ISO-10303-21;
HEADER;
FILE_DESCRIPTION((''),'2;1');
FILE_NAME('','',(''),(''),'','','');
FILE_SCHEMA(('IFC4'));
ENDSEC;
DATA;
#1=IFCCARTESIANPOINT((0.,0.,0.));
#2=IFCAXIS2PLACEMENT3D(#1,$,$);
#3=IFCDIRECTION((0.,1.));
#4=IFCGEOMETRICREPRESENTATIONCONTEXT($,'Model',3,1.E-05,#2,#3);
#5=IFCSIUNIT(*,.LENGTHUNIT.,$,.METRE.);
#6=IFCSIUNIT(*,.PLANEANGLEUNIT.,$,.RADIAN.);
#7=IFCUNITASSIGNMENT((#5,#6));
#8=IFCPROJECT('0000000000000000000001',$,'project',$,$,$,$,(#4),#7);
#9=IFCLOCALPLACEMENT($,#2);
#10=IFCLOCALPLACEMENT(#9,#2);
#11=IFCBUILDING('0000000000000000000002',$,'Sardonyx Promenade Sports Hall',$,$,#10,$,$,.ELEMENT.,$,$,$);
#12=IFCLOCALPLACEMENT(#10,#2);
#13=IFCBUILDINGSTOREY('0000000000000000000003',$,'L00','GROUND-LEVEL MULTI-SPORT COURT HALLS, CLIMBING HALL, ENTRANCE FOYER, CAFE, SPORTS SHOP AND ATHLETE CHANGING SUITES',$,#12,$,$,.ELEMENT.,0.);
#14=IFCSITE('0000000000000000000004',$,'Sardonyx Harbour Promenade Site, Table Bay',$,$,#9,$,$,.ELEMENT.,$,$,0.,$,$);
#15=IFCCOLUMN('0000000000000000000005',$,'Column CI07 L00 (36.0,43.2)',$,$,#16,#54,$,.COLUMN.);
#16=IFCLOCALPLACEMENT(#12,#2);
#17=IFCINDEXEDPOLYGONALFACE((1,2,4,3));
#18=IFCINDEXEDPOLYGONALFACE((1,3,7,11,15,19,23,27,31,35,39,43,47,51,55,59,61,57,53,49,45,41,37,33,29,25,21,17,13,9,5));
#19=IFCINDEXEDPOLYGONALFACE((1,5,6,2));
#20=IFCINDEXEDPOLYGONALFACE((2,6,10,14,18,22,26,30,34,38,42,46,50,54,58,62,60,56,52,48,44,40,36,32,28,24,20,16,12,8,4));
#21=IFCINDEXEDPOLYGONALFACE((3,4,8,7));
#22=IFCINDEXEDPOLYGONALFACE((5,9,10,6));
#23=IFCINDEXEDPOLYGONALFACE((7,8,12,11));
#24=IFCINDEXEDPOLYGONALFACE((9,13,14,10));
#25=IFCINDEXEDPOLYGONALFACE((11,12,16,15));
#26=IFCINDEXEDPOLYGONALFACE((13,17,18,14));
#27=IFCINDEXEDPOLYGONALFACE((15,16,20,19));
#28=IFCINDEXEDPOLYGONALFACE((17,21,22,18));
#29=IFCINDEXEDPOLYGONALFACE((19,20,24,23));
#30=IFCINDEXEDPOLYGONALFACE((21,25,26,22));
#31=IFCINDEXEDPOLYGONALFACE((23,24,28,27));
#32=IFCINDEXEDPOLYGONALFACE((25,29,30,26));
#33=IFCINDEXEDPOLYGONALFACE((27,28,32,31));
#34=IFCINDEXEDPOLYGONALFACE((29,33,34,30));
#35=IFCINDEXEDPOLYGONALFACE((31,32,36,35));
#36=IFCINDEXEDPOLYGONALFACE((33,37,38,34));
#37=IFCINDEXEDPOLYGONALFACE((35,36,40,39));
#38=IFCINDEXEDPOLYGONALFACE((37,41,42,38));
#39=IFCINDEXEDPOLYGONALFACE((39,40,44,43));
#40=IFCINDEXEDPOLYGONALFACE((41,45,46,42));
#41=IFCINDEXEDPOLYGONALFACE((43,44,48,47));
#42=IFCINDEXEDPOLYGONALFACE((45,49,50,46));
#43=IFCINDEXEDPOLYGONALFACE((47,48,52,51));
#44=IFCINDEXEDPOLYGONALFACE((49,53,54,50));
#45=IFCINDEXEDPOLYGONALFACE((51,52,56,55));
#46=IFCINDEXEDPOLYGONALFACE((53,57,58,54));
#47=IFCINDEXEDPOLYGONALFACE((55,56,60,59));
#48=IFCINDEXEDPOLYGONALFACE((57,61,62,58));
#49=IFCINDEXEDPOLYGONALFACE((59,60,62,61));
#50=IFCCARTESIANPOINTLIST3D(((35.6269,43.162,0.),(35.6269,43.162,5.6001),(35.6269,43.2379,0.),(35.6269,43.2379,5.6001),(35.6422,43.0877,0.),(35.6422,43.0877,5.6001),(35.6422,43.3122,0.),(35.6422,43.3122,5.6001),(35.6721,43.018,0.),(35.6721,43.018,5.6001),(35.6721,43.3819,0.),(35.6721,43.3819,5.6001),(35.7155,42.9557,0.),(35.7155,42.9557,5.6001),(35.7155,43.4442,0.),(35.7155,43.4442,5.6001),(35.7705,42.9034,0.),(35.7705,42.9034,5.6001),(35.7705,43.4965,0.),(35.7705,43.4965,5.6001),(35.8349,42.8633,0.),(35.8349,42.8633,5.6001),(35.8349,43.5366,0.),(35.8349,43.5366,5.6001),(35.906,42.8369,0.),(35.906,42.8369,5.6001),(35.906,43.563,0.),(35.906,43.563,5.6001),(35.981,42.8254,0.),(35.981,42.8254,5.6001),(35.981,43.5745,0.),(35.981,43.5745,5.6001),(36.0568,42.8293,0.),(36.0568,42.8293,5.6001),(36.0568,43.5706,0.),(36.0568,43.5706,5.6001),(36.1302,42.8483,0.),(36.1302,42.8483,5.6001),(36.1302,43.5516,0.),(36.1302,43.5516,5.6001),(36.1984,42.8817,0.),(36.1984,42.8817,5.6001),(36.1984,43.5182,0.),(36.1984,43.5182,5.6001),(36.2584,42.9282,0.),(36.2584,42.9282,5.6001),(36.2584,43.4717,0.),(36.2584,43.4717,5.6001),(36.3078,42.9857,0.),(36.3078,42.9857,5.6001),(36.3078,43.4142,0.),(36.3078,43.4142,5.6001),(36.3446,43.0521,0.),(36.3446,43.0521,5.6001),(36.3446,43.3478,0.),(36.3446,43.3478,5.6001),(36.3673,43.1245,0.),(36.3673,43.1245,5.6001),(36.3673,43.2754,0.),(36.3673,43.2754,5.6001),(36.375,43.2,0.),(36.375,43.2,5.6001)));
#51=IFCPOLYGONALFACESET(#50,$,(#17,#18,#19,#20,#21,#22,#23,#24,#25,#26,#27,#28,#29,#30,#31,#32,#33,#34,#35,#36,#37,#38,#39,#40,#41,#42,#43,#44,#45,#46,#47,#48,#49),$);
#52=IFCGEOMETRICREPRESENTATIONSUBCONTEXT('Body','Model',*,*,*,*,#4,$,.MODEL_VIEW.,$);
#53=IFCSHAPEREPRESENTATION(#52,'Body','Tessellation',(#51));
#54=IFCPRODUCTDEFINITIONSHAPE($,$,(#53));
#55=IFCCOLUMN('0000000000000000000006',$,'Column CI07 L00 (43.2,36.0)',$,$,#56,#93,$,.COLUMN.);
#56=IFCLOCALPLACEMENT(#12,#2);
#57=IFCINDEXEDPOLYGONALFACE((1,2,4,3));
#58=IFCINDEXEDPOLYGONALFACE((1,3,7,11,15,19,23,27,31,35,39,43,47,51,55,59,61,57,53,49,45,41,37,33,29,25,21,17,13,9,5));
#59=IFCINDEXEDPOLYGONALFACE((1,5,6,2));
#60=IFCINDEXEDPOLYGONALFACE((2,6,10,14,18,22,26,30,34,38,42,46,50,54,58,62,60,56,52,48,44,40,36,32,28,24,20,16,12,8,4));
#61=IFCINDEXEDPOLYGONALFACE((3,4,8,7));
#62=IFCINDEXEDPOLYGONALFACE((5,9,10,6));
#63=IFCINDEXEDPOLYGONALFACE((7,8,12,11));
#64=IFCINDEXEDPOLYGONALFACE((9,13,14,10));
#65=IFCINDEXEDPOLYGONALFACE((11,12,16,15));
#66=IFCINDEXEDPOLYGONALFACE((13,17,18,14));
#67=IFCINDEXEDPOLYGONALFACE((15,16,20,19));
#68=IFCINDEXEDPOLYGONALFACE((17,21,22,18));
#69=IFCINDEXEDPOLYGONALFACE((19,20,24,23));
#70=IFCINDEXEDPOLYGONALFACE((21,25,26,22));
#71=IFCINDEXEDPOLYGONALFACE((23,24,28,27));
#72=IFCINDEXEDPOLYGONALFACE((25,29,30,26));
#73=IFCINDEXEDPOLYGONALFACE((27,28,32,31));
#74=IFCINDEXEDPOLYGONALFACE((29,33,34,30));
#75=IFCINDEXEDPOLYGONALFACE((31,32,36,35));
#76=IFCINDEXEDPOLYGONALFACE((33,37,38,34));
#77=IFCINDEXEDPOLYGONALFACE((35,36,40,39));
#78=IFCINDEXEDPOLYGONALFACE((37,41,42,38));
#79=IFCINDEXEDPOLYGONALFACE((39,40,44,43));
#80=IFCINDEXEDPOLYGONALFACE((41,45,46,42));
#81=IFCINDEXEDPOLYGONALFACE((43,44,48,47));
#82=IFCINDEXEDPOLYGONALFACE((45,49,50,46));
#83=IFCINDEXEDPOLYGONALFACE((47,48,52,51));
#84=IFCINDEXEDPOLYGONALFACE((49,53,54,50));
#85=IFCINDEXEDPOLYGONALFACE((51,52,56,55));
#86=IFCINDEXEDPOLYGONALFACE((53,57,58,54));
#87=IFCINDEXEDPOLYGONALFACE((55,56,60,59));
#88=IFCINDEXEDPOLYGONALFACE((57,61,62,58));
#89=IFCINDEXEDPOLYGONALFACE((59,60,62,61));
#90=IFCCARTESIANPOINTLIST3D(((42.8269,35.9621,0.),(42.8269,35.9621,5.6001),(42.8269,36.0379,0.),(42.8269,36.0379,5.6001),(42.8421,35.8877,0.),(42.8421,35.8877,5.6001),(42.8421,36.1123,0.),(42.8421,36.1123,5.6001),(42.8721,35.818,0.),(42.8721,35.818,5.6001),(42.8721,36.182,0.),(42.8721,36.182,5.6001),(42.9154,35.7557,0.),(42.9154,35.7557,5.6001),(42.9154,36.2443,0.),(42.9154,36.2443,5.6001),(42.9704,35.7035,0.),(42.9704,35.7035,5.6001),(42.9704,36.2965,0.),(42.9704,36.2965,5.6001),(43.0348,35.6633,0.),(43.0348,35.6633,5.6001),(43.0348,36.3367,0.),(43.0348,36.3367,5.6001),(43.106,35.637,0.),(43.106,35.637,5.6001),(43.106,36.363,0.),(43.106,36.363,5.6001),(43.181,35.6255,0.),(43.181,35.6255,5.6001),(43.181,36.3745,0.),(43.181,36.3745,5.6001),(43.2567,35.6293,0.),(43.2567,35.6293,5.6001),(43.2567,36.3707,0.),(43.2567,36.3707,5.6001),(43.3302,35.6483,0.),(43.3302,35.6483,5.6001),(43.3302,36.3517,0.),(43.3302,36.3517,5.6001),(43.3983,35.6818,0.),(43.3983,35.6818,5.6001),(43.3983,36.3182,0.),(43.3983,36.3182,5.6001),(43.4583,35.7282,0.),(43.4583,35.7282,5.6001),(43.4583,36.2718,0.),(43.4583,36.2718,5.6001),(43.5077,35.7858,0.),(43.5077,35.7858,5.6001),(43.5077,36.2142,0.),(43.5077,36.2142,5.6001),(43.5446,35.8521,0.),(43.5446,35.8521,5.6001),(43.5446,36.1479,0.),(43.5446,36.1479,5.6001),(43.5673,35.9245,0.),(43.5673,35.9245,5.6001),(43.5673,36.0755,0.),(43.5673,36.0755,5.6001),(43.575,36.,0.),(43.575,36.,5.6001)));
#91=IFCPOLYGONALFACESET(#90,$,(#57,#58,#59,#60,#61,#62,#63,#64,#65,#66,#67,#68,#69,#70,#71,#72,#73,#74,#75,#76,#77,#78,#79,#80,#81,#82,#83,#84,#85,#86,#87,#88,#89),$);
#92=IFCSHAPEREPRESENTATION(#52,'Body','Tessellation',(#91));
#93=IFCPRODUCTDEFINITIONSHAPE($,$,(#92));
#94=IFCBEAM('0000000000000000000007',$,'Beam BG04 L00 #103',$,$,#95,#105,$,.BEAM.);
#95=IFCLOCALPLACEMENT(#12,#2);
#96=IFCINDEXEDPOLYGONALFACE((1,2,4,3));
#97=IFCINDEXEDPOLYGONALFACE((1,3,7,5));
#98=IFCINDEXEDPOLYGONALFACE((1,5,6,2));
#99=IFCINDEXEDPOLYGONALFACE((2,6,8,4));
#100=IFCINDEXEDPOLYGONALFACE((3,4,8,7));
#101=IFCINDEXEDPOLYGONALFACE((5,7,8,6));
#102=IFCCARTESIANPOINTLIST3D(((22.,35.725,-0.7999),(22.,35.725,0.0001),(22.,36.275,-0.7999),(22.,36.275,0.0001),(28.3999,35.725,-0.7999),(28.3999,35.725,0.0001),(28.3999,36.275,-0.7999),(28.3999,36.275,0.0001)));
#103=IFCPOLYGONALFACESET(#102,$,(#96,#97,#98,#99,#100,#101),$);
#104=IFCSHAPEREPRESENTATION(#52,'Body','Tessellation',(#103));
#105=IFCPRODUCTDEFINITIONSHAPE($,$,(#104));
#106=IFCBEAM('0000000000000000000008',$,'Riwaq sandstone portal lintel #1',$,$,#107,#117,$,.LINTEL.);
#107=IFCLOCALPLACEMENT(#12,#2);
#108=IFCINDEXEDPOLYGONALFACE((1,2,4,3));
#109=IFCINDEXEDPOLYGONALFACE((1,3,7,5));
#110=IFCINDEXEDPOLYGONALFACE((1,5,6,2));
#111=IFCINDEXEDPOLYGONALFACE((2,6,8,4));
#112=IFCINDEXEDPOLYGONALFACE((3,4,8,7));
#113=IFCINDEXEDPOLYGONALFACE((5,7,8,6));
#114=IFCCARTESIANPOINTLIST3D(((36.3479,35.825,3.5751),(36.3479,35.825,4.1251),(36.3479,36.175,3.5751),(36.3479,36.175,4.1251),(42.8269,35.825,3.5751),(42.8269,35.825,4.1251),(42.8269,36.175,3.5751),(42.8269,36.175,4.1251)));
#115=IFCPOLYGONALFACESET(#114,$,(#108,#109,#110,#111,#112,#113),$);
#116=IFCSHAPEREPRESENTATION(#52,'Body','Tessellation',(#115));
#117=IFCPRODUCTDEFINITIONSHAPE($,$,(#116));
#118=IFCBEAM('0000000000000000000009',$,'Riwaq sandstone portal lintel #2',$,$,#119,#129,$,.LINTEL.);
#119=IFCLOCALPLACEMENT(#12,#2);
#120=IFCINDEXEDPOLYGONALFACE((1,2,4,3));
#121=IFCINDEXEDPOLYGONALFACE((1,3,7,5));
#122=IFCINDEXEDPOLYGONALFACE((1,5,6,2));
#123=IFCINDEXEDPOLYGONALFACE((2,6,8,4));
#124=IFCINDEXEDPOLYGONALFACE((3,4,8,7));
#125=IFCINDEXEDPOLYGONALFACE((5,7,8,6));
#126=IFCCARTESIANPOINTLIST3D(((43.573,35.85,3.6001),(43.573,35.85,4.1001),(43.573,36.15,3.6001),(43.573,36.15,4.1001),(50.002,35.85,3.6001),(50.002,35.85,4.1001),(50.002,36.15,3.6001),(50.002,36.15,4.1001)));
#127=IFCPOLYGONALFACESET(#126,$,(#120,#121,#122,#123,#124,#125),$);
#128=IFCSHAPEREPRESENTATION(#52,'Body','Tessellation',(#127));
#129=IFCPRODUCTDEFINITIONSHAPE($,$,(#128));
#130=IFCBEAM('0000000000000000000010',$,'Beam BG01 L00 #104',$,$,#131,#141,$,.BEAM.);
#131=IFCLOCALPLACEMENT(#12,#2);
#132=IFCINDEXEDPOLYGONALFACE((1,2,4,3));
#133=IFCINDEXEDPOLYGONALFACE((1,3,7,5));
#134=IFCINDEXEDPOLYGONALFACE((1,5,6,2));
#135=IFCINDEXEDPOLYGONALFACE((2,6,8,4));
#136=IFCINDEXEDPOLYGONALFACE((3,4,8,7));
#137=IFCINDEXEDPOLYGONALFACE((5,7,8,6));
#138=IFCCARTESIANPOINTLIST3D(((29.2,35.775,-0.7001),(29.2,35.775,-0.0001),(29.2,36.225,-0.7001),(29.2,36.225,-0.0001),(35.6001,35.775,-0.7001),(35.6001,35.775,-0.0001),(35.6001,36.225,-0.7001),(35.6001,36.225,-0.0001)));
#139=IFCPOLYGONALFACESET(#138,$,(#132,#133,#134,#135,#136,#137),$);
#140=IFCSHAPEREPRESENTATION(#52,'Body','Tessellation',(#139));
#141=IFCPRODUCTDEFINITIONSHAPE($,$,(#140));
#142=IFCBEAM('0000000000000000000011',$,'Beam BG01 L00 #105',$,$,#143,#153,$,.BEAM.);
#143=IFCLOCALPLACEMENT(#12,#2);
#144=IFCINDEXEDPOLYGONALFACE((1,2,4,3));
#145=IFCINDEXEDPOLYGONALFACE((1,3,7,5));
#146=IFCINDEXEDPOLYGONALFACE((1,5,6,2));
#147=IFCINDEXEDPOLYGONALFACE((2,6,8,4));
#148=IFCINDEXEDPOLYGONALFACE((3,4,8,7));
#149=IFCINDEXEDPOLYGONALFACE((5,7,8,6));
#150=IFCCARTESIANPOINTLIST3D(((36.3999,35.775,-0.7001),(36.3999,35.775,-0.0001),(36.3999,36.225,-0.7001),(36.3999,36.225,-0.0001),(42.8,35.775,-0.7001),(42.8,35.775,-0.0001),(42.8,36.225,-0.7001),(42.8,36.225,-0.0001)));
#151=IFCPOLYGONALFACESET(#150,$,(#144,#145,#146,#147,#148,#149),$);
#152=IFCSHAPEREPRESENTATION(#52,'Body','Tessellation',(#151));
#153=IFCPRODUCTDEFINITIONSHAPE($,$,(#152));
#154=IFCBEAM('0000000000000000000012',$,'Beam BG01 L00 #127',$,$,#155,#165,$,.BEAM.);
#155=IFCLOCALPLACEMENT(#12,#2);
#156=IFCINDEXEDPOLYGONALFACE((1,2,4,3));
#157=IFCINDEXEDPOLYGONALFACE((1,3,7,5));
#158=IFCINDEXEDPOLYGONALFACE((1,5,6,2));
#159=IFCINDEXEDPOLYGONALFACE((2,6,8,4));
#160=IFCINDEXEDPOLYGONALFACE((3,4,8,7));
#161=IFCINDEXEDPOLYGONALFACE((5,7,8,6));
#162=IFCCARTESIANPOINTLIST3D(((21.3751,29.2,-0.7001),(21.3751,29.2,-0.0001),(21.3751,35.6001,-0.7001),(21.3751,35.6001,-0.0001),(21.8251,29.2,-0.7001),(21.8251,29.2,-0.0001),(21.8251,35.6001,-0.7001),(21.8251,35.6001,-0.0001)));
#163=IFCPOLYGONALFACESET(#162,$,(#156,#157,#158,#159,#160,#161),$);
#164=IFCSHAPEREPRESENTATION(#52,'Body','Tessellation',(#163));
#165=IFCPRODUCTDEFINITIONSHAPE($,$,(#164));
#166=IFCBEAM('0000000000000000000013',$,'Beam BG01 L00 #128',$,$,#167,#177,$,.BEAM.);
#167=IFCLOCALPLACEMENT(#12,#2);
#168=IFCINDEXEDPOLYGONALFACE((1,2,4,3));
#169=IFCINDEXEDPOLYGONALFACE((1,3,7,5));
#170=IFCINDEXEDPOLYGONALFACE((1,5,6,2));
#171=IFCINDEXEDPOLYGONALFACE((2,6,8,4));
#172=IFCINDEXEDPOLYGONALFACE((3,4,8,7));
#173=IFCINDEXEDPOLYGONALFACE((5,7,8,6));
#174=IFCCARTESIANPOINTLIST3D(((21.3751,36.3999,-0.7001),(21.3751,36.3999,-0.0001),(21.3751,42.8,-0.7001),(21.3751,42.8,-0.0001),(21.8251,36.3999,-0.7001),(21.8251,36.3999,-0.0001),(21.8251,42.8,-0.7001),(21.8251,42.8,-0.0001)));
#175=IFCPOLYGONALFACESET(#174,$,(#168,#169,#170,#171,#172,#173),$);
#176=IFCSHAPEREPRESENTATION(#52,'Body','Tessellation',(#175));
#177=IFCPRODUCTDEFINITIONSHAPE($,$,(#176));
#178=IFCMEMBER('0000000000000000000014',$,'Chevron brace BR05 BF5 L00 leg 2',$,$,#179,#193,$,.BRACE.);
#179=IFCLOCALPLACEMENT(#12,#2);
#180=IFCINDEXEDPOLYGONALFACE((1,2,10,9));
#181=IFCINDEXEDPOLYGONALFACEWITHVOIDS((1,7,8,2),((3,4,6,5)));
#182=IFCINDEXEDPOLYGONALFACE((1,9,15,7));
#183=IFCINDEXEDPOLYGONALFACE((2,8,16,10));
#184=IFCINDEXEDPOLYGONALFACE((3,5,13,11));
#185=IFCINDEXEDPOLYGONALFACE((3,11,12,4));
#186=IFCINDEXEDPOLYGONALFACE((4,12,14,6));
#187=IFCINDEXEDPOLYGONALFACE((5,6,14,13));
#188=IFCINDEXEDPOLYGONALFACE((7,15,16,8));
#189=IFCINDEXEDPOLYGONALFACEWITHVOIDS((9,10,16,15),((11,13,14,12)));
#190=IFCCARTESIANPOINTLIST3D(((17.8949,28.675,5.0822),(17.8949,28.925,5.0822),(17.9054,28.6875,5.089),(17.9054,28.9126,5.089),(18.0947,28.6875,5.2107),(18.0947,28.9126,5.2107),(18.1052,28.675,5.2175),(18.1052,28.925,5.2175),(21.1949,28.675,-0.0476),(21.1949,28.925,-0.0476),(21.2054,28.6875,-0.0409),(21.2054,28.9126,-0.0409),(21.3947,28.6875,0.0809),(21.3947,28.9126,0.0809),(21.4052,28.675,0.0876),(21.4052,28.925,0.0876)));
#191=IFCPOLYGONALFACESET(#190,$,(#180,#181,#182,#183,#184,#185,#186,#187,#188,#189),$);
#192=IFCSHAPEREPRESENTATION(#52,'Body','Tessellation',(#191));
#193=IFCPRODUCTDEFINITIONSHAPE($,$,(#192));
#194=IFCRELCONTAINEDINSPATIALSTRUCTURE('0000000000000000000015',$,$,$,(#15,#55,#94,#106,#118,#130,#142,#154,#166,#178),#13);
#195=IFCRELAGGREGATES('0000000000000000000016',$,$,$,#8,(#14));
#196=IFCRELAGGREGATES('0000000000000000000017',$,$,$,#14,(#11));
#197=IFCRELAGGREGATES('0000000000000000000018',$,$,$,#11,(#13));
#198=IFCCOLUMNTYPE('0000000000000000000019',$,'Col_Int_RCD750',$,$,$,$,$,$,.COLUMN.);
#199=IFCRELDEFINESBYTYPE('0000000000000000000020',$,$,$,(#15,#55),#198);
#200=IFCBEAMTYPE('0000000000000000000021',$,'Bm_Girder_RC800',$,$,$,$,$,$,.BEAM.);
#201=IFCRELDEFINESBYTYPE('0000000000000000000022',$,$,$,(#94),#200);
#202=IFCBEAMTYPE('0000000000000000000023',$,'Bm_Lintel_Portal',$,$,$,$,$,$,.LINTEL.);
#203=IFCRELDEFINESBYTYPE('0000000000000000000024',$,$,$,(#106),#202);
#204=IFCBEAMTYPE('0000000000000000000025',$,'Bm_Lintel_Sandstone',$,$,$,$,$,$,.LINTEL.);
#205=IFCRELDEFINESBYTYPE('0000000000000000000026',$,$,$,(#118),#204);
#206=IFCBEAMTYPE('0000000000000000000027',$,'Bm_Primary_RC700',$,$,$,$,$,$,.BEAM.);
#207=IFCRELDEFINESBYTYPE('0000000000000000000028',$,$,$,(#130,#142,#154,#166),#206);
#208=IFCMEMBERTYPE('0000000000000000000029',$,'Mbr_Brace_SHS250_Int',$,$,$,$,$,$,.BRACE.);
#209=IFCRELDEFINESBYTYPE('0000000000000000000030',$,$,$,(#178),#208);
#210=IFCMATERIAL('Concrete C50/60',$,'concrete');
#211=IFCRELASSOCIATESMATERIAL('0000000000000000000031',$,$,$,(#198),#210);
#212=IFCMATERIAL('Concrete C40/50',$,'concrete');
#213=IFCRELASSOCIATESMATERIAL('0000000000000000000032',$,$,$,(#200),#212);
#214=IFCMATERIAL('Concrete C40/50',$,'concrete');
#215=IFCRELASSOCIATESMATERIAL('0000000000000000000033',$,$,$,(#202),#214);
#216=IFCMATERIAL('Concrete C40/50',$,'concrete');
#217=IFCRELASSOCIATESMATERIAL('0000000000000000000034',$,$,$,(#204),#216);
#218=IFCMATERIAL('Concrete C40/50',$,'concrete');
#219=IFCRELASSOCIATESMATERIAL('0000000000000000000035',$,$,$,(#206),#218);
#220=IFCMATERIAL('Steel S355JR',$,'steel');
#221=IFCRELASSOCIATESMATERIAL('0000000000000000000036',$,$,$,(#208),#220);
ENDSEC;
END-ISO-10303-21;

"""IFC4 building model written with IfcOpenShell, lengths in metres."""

from ifc_helpers import new_model, si_unit, direction, frame, origin, origin_2d, place, context, subcontext, project, spatial, rectangle, hollow_rectangle, circle, extrude, material, material_profile, profile_set, type_object, element, save


model = new_model("IFC4")

# Units and contexts
model_context = context("Model", 3, precision=1e-05, world=origin(), true_north=direction((0.0, 1.0)))
body_context = subcontext(model_context, "Body", "Model", "MODEL_VIEW")
ifc_project = project(units=[si_unit("LENGTHUNIT", "METRE"), si_unit("PLANEANGLEUNIT", "RADIAN")], contexts=[model_context])

# Site, building, storey
site_placement = place(None, origin())
site = spatial("IfcSite", under=ifc_project, at=site_placement, Name="Sardonyx Harbour Promenade Site, Table Bay", CompositionType="ELEMENT", RefElevation=0.0)
building_placement = place(site_placement, origin())
building = spatial("IfcBuilding", under=site, at=building_placement, Name="Sardonyx Promenade Sports Hall", CompositionType="ELEMENT")
storey_placement = place(building_placement, origin())
storey = spatial("IfcBuildingStorey", under=building, at=storey_placement, Name="L00", Description="GROUND-LEVEL MULTI-SPORT COURT HALLS, CLIMBING HALL, ENTRANCE FOYER, CAFE, SPORTS SHOP AND ATHLETE CHANGING SUITES", CompositionType="ELEMENT", Elevation=0.0)

# Columns
ifc_material_1 = material(Name="Concrete C50/60", Category="concrete")
ifc_material_profile_1 = material_profile(ifc_material_1, circle(Radius=0.375, at=origin_2d()))
ifc_profile_set_1 = profile_set([ifc_material_profile_1], Name="Concrete C50/60")
column_type_1 = type_object("IfcColumnType", Name="Col_Int_RCD750", PredefinedType="COLUMN", material=ifc_profile_set_1)
for number, where, z_axis, x_axis, name in (
    (1, (36.0, 43.2, 0.0), (0.0, 0.0, 1.0), (1.0, 0.0, 0.0), "Column CI07 L00 (36.0,43.2)"),
    (2, (43.2, 36.0, 0.0), (0.0, 0.0, 1.0), (1.0, 0.0, 0.0), "Column CI07 L00 (43.2,36.0)"),
):
    element("IfcColumn", number, at=place(storey_placement, frame(where, z_axis=z_axis, x_axis=x_axis)), inside=storey, type_object=column_type_1, Name=name, PredefinedType="COLUMN", context=body_context, shape_type="SweptSolid", body=[
        extrude(circle(Radius=0.375, at=origin_2d()), origin(), (0.0, 0.0, 1.0), 5.6001),
    ])

# Beams
ifc_material_2 = material(Name="Concrete C40/50", Category="concrete")
ifc_material_profile_2 = material_profile(ifc_material_2, rectangle(XDim=0.55, YDim=0.8, at=origin_2d()))
ifc_profile_set_2 = profile_set([ifc_material_profile_2], Name="Concrete C40/50")
beam_type_1 = type_object("IfcBeamType", Name="Bm_Girder_RC800", PredefinedType="BEAM", material=ifc_profile_set_2)
beam_1_placement = place(storey_placement, frame((22.0, 36.0, -0.3999), z_axis=(1.0, 0.0, 0.0), x_axis=(0.0, 1.0, 0.0)))
element("IfcBeam", 3, at=beam_1_placement, inside=storey, type_object=beam_type_1, Name="Beam BG04 L00 #103", PredefinedType="BEAM", context=body_context, shape_type="SweptSolid", body=[
    extrude(rectangle(XDim=0.55, YDim=0.8, at=origin_2d()), origin(), (0.0, 0.0, 1.0), 6.3999),
])
ifc_material_3 = material(Name="Concrete C40/50", Category="concrete")
ifc_material_profile_3 = material_profile(ifc_material_3, rectangle(XDim=0.3501, YDim=0.55, at=origin_2d()))
ifc_profile_set_3 = profile_set([ifc_material_profile_3], Name="Concrete C40/50")
beam_type_2 = type_object("IfcBeamType", Name="Bm_Lintel_Portal", PredefinedType="LINTEL", material=ifc_profile_set_3)
beam_2_placement = place(storey_placement, frame((36.3479, 36.0, 3.8501), z_axis=(1.0, 0.0, 0.0), x_axis=(0.0, 1.0, 0.0)))
element("IfcBeam", 4, at=beam_2_placement, inside=storey, type_object=beam_type_2, Name="Riwaq sandstone portal lintel #1", PredefinedType="LINTEL", context=body_context, shape_type="SweptSolid", body=[
    extrude(rectangle(XDim=0.3501, YDim=0.55, at=origin_2d()), origin(), (0.0, 0.0, 1.0), 6.479),
])
ifc_material_4 = material(Name="Concrete C40/50", Category="concrete")
ifc_material_profile_4 = material_profile(ifc_material_4, rectangle(XDim=0.3, YDim=0.5, at=origin_2d()))
ifc_profile_set_4 = profile_set([ifc_material_profile_4], Name="Concrete C40/50")
beam_type_3 = type_object("IfcBeamType", Name="Bm_Lintel_Sandstone", PredefinedType="LINTEL", material=ifc_profile_set_4)
beam_3_placement = place(storey_placement, frame((43.573, 36.0, 3.8501), z_axis=(1.0, 0.0, 0.0), x_axis=(0.0, 1.0, 0.0)))
element("IfcBeam", 5, at=beam_3_placement, inside=storey, type_object=beam_type_3, Name="Riwaq sandstone portal lintel #2", PredefinedType="LINTEL", context=body_context, shape_type="SweptSolid", body=[
    extrude(rectangle(XDim=0.3, YDim=0.5, at=origin_2d()), origin(), (0.0, 0.0, 1.0), 6.429),
])
ifc_material_5 = material(Name="Concrete C40/50", Category="concrete")
ifc_material_profile_5 = material_profile(ifc_material_5, rectangle(XDim=0.45, YDim=0.7, at=origin_2d()))
ifc_profile_set_5 = profile_set([ifc_material_profile_5], Name="Concrete C40/50")
beam_type_4 = type_object("IfcBeamType", Name="Bm_Primary_RC700", PredefinedType="BEAM", material=ifc_profile_set_5)
for number, where, z_axis, x_axis, name in (
    (6, (29.2, 36.0, -0.3501), (1.0, 0.0, 0.0), (0.0, 1.0, 0.0), "Beam BG01 L00 #104"),
    (7, (36.3999, 36.0, -0.3501), (1.0, 0.0, 0.0), (0.0, 1.0, 0.0), "Beam BG01 L00 #105"),
    (8, (21.6001, 29.2, -0.3501), (0.0, 1.0, 0.0), (-1.0, 0.0, 0.0), "Beam BG01 L00 #127"),
    (9, (21.6001, 36.3999, -0.3501), (0.0, 1.0, 0.0), (-1.0, 0.0, 0.0), "Beam BG01 L00 #128"),
):
    element("IfcBeam", number, at=place(storey_placement, frame(where, z_axis=z_axis, x_axis=x_axis)), inside=storey, type_object=beam_type_4, Name=name, PredefinedType="BEAM", context=body_context, shape_type="SweptSolid", body=[
        extrude(rectangle(XDim=0.45, YDim=0.7, at=origin_2d()), origin(), (0.0, 0.0, 1.0), 6.4001),
    ])

# Member
ifc_material_6 = material(Name="Steel S355JR", Category="steel")
ifc_material_profile_6 = material_profile(ifc_material_6, hollow_rectangle(XDim=0.25, YDim=0.25, WallThickness=0.0125, at=origin_2d()))
ifc_profile_set_6 = profile_set([ifc_material_profile_6], Name="Steel S355JR")
member_type = type_object("IfcMemberType", Name="Mbr_Brace_SHS250_Int", PredefinedType="BRACE", material=ifc_profile_set_6)
member_placement = place(storey_placement, frame((21.3, 28.8, 0.02), z_axis=(-0.541021, 0.0, 0.841009), x_axis=(0.0, -1.0, 0.0)))
element("IfcMember", 10, at=member_placement, inside=storey, type_object=member_type, Name="Chevron brace BR05 BF5 L00 leg 2", PredefinedType="BRACE", context=body_context, shape_type="SweptSolid", body=[
    extrude(hollow_rectangle(XDim=0.25, YDim=0.25, WallThickness=0.0125, at=origin_2d()), origin(), (0.0, 0.0, 1.0), 6.0996),
])

save(model, "model.ifc")
